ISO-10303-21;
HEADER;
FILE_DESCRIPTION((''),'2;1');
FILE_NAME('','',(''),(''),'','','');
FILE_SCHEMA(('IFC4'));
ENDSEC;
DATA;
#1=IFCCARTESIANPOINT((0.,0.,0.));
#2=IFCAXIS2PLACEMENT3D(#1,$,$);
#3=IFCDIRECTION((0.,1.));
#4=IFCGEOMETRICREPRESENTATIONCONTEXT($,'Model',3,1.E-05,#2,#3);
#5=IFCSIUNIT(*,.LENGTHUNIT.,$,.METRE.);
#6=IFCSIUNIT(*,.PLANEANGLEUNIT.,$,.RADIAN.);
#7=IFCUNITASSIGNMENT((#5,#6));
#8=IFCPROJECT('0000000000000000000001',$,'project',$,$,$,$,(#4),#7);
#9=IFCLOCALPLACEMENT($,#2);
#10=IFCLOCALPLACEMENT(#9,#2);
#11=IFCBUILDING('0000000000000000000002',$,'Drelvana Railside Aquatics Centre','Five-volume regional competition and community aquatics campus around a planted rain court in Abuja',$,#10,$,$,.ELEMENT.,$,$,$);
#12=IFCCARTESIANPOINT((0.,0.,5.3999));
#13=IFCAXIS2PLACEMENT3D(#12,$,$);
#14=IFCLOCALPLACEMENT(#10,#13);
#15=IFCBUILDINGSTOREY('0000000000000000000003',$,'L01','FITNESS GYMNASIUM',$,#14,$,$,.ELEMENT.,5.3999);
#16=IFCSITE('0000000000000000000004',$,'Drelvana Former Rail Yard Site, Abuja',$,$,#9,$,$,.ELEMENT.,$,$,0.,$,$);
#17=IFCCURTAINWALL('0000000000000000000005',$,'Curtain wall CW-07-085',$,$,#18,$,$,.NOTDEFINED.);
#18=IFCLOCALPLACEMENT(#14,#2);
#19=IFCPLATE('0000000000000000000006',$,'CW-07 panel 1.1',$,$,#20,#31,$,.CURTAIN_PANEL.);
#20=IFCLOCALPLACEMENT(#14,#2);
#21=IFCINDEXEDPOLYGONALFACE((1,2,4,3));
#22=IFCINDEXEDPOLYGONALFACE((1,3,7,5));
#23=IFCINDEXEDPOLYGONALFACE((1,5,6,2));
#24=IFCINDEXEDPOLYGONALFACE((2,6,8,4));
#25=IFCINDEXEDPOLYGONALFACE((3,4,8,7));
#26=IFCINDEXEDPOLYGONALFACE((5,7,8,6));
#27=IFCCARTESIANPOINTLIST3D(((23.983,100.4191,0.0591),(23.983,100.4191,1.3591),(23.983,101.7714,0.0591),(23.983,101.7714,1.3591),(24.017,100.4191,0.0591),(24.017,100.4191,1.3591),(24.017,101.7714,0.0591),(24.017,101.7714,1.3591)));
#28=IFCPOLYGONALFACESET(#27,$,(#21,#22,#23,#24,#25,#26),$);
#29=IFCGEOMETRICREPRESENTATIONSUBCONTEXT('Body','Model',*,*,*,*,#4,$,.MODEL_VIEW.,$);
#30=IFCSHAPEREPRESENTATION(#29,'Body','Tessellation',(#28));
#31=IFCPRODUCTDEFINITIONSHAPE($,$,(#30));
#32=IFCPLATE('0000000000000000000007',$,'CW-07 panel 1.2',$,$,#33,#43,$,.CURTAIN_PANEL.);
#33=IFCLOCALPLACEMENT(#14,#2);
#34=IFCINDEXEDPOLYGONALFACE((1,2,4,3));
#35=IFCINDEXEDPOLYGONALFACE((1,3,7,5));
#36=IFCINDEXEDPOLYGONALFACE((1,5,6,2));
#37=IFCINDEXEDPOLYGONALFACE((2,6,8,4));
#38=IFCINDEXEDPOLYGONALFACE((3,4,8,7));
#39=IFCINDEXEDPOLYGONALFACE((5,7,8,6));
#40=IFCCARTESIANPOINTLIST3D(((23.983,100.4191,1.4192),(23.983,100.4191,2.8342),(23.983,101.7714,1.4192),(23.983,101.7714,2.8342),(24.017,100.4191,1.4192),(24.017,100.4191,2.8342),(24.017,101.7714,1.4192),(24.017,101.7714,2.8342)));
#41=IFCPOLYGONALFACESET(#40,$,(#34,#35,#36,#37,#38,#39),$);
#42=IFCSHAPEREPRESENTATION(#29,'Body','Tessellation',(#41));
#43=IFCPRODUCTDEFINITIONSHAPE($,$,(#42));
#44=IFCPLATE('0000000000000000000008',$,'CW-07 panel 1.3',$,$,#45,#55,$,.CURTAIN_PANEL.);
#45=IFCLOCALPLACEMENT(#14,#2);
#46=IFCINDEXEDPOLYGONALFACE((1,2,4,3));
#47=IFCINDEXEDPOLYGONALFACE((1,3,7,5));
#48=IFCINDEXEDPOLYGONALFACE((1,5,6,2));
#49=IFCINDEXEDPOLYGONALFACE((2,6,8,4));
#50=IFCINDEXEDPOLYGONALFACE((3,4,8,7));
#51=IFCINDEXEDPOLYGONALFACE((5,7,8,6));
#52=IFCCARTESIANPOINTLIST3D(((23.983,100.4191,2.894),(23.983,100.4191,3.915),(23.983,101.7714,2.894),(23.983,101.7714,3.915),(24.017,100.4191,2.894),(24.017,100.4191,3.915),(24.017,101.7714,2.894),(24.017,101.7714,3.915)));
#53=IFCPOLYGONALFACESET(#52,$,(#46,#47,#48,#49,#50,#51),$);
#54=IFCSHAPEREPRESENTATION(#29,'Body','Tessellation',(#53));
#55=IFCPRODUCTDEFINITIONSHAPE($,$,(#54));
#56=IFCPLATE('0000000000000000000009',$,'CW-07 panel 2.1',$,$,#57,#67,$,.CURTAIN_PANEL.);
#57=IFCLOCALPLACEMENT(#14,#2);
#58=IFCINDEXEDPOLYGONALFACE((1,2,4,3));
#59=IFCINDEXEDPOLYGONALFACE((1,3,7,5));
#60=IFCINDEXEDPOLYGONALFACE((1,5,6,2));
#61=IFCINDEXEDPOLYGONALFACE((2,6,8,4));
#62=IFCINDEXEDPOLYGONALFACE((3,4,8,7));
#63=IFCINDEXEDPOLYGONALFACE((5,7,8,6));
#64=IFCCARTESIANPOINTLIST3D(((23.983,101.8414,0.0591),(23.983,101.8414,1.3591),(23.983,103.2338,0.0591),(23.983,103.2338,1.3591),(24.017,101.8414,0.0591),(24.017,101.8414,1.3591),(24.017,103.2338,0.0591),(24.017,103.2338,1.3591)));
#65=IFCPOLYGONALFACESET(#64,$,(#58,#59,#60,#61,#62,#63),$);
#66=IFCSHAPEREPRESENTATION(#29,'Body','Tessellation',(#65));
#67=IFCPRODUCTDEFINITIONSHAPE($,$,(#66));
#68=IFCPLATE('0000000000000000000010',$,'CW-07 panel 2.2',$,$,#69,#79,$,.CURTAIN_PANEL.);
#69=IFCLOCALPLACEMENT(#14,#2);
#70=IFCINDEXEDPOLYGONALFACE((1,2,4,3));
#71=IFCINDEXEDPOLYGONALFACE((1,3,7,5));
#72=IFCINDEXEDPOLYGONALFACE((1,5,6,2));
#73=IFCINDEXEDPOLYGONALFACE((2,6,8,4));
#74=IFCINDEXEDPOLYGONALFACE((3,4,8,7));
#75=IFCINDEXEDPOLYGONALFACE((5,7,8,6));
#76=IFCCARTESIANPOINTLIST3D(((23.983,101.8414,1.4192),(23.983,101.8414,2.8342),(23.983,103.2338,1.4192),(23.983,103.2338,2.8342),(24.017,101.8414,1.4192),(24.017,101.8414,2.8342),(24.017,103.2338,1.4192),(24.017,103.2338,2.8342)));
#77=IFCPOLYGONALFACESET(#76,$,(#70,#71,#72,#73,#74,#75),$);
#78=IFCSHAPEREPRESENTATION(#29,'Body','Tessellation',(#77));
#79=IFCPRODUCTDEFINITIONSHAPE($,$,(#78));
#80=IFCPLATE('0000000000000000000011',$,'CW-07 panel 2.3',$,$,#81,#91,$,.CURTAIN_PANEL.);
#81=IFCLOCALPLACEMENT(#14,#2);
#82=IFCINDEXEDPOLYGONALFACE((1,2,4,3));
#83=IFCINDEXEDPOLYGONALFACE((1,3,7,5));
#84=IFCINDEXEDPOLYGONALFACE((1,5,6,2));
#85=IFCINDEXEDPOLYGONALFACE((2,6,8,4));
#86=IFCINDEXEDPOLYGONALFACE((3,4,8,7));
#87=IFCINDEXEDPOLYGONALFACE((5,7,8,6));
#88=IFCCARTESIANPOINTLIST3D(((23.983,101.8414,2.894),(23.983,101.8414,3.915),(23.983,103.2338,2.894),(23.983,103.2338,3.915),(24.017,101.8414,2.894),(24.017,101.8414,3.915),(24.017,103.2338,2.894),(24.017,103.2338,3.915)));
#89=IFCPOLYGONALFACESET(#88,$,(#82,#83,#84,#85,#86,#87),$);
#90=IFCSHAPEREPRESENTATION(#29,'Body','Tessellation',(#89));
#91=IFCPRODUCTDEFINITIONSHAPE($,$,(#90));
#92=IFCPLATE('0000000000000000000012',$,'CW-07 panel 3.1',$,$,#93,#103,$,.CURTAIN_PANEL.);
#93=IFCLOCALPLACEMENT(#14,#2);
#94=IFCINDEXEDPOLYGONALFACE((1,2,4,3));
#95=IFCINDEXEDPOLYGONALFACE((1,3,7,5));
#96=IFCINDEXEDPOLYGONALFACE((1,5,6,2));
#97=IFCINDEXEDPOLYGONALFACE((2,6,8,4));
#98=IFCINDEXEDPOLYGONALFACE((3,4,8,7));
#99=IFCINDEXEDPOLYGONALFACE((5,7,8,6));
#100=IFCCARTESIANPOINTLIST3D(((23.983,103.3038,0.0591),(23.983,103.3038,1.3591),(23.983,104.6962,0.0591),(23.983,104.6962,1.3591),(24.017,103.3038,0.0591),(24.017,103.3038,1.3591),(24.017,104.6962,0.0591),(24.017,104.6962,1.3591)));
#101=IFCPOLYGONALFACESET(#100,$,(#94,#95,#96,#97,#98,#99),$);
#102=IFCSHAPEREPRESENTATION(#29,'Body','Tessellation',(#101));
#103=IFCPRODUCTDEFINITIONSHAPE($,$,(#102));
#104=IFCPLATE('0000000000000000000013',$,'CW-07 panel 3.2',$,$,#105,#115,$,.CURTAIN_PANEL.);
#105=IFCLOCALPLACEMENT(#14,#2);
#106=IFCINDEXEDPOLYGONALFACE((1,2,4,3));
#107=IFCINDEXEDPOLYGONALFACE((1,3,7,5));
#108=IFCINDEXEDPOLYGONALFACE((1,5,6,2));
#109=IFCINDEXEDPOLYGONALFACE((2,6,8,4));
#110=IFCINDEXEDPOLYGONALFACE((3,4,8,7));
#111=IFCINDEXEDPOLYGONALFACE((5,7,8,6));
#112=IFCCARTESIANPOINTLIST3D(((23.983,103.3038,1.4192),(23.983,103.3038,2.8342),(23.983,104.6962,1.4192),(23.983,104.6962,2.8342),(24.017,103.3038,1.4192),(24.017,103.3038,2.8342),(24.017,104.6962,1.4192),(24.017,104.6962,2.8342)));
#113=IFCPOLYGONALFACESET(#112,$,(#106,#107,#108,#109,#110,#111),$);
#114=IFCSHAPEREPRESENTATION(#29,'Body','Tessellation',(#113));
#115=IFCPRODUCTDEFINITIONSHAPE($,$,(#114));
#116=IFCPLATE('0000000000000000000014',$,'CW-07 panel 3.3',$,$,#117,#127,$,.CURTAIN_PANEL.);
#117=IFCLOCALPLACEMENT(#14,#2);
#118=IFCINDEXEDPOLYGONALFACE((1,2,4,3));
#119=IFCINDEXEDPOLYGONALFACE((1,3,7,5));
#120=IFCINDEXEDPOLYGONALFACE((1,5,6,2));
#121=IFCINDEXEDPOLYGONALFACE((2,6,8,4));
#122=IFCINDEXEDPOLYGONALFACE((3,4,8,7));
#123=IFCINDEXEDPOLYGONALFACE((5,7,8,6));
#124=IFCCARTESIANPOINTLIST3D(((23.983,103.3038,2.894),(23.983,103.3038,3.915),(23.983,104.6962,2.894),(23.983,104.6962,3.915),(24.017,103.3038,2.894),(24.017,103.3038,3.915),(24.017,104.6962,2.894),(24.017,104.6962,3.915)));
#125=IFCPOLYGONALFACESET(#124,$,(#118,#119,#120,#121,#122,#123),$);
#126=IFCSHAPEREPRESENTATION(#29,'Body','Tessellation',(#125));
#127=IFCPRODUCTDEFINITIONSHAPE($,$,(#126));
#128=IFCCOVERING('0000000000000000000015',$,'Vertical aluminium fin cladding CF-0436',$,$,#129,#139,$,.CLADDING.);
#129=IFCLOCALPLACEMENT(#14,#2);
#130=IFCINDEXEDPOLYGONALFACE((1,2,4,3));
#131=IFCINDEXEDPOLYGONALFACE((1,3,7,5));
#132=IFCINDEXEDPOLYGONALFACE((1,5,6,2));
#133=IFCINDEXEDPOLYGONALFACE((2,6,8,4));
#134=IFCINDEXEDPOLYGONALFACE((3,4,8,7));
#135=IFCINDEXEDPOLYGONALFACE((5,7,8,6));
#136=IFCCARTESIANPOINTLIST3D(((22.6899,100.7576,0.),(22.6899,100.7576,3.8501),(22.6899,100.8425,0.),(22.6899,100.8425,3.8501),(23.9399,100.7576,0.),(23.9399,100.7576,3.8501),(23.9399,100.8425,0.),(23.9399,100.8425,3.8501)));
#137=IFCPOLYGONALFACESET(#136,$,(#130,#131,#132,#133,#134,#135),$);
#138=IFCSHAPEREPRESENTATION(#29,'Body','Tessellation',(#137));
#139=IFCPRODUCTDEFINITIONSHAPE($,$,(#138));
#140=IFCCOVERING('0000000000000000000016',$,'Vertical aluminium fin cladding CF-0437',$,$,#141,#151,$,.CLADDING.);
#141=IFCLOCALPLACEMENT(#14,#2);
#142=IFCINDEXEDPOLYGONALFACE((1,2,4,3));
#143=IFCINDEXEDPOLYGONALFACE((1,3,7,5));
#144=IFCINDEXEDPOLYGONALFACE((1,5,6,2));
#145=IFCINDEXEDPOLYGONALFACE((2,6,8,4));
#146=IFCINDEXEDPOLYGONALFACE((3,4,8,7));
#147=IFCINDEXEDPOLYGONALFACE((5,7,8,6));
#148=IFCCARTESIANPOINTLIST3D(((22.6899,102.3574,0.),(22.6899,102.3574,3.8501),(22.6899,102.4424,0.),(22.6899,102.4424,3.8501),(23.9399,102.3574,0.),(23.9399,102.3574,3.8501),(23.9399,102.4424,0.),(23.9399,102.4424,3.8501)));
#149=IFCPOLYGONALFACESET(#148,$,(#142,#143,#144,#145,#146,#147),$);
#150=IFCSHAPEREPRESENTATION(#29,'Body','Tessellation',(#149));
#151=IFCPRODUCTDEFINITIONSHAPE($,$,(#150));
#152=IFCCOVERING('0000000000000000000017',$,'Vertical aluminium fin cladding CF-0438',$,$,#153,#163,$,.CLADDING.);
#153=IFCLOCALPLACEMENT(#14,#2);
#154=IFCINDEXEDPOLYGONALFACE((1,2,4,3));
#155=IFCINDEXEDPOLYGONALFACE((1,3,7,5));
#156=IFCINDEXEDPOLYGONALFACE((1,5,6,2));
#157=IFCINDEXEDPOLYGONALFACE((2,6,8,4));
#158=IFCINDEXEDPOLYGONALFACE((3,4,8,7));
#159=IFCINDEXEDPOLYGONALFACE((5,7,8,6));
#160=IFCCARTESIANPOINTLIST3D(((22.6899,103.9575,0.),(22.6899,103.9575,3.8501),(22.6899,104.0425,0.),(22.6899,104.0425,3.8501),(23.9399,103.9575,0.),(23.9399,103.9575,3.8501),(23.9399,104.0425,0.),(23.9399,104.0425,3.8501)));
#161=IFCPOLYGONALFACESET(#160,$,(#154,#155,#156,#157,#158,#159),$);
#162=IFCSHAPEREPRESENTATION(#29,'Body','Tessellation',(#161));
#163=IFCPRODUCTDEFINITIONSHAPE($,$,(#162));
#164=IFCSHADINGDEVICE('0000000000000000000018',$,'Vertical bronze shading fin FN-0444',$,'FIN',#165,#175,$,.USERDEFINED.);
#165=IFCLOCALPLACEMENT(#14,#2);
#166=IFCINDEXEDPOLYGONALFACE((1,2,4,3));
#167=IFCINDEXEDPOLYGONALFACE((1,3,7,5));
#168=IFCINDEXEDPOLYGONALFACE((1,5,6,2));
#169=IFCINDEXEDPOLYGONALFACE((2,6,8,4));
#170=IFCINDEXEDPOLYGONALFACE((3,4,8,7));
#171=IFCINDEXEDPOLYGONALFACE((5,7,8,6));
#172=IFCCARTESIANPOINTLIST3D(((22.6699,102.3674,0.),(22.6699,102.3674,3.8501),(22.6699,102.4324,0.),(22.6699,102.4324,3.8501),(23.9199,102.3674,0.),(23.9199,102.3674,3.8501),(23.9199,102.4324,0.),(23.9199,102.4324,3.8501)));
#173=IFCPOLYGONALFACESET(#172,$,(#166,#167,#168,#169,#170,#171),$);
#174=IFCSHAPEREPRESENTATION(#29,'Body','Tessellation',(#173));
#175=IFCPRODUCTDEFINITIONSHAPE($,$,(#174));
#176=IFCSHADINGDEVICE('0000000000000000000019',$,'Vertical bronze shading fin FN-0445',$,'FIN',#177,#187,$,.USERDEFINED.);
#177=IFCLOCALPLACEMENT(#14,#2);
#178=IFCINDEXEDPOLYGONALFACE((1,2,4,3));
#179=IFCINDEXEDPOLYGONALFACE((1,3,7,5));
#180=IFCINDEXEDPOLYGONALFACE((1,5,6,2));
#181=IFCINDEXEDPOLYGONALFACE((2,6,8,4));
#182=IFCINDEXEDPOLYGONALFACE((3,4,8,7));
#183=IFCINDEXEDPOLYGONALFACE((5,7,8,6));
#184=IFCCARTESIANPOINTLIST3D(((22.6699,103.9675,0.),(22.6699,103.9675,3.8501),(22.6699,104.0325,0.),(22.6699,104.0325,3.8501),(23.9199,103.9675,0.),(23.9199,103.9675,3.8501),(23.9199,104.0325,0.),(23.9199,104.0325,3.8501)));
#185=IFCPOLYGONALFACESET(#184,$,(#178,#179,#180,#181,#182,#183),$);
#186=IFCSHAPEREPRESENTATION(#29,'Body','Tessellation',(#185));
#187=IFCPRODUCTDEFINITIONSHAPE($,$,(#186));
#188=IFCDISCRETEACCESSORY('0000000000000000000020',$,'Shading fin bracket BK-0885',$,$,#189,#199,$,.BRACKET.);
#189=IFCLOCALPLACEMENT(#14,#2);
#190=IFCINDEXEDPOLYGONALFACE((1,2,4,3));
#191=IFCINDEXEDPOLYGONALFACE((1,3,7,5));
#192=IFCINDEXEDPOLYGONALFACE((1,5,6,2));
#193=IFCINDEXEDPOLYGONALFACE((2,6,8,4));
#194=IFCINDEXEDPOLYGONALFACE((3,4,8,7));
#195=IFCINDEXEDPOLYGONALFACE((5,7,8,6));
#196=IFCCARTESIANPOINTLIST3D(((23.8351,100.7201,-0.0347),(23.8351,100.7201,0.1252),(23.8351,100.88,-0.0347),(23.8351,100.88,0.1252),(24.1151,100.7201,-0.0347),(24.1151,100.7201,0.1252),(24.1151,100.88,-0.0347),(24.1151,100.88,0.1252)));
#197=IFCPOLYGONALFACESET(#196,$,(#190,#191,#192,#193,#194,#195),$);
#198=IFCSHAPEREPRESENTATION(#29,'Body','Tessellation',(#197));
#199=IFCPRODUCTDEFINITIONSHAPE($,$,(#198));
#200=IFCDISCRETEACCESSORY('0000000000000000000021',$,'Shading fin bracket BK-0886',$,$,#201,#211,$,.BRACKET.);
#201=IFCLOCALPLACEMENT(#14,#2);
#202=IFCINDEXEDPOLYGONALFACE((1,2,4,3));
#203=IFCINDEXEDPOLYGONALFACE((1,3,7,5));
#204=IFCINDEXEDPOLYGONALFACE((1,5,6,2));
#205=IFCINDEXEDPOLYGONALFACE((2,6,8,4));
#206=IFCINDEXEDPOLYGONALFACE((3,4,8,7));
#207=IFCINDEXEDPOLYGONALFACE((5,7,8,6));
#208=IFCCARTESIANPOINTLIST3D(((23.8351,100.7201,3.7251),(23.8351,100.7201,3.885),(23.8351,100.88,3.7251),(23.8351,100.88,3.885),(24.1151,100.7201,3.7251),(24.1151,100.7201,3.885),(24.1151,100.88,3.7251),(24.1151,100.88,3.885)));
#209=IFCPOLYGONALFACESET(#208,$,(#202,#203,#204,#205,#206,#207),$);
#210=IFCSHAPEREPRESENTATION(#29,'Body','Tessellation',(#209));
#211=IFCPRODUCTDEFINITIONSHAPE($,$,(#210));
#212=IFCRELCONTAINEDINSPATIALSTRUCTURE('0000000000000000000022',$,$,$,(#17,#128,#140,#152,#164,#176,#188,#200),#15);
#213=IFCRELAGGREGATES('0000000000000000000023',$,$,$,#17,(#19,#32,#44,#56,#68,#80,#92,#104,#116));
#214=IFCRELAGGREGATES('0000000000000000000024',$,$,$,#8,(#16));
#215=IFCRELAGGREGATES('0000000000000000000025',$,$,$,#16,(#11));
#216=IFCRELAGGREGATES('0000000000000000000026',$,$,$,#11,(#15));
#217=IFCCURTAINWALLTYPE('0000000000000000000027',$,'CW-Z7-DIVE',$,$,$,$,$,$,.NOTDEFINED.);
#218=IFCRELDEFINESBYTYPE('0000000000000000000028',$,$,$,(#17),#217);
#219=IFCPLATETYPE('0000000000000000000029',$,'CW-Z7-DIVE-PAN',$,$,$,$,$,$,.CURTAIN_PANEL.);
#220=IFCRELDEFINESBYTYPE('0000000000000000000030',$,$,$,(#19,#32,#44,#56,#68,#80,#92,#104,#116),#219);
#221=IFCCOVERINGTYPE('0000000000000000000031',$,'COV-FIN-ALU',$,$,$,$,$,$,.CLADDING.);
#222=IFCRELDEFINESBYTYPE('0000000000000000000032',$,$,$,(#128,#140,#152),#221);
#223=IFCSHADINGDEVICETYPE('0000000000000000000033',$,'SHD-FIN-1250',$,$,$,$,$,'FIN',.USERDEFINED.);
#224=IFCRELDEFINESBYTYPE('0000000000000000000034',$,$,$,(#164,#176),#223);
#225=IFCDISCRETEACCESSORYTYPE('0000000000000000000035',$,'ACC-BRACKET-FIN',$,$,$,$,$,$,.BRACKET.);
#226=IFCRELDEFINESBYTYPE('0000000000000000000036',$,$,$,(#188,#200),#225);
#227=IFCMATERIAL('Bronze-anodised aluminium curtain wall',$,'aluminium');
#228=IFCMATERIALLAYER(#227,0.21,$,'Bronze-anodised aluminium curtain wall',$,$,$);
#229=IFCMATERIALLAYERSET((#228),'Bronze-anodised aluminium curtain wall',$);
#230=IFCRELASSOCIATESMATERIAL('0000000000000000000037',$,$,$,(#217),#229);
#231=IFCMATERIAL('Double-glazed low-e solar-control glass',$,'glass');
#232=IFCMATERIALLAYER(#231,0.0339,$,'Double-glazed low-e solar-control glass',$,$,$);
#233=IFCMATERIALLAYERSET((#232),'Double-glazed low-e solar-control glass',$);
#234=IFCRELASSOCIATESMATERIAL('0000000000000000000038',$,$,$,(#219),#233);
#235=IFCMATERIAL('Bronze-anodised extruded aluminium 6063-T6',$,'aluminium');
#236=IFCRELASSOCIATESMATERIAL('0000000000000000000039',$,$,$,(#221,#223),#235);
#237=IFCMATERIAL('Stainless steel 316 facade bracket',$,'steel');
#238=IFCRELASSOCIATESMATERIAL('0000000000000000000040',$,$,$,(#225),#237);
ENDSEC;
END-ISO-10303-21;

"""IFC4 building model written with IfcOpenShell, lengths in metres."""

from ifc_helpers import new_model, si_unit, direction, frame, origin, origin_2d, place, context, subcontext, project, spatial, rectangle, extrude, material, layer, layer_set, type_object, element, aggregate, save


model = new_model("IFC4")

# Units and contexts
model_context = context("Model", 3, precision=1e-05, world=origin(), true_north=direction((0.0, 1.0)))
body_context = subcontext(model_context, "Body", "Model", "MODEL_VIEW")
ifc_project = project(units=[si_unit("LENGTHUNIT", "METRE"), si_unit("PLANEANGLEUNIT", "RADIAN")], contexts=[model_context])

# Site, building, storey
site_placement = place(None, origin())
site = spatial("IfcSite", under=ifc_project, at=site_placement, Name="Drelvana Former Rail Yard Site, Abuja", CompositionType="ELEMENT", RefElevation=0.0)
building_placement = place(site_placement, origin())
building = spatial("IfcBuilding", under=site, at=building_placement, Name="Drelvana Railside Aquatics Centre", Description="Five-volume regional competition and community aquatics campus around a planted rain court in Abuja", CompositionType="ELEMENT")
storey_placement = place(building_placement, frame((0.0, 0.0, 5.3999)))
storey = spatial("IfcBuildingStorey", under=building, at=storey_placement, Name="L01", Description="FITNESS GYMNASIUM", CompositionType="ELEMENT", Elevation=5.3999)

# Curtain wall, plates
ifc_material_1 = material(Name="Bronze-anodised aluminium curtain wall", Category="aluminium")
ifc_layer_1 = layer(ifc_material_1, 0.21, Name="Bronze-anodised aluminium curtain wall")
ifc_layer_set_1 = layer_set([ifc_layer_1], Name="Bronze-anodised aluminium curtain wall")
curtain_wall_type = type_object("IfcCurtainWallType", Name="CW-Z7-DIVE", PredefinedType="NOTDEFINED", material=ifc_layer_set_1)
curtain_wall_placement = place(storey_placement, origin())
curtain_wall = element("IfcCurtainWall", 1, at=curtain_wall_placement, inside=storey, type_object=curtain_wall_type, Name="Curtain wall CW-07-085", PredefinedType="NOTDEFINED")
ifc_material_2 = material(Name="Double-glazed low-e solar-control glass", Category="glass")
ifc_layer_2 = layer(ifc_material_2, 0.0339, Name="Double-glazed low-e solar-control glass")
ifc_layer_set_2 = layer_set([ifc_layer_2], Name="Double-glazed low-e solar-control glass")
plate_type = type_object("IfcPlateType", Name="CW-Z7-DIVE-PAN", PredefinedType="CURTAIN_PANEL", material=ifc_layer_set_2)
plate_1_placement = place(storey_placement, frame((24.0, 101.0952, 0.0591), z_axis=(0.0, 0.0, 1.0), x_axis=(0.0, 1.0, 0.0)))
plate_1 = element("IfcPlate", 2, at=plate_1_placement, type_object=plate_type, Name="CW-07 panel 1.1", PredefinedType="CURTAIN_PANEL", context=body_context, shape_type="SweptSolid", body=[
    extrude(rectangle(XDim=1.3523, YDim=0.0339, at=origin_2d()), origin(), (0.0, 0.0, 1.0), 1.3),
])
plate_2_placement = place(storey_placement, frame((24.0, 101.0952, 1.4192), z_axis=(0.0, 0.0, 1.0), x_axis=(0.0, 1.0, 0.0)))
plate_2 = element("IfcPlate", 3, at=plate_2_placement, type_object=plate_type, Name="CW-07 panel 1.2", PredefinedType="CURTAIN_PANEL", context=body_context, shape_type="SweptSolid", body=[
    extrude(rectangle(XDim=1.3523, YDim=0.0339, at=origin_2d()), origin(), (0.0, 0.0, 1.0), 1.415),
])
plate_3_placement = place(storey_placement, frame((24.0, 101.0952, 2.894), z_axis=(0.0, 0.0, 1.0), x_axis=(0.0, 1.0, 0.0)))
plate_3 = element("IfcPlate", 4, at=plate_3_placement, type_object=plate_type, Name="CW-07 panel 1.3", PredefinedType="CURTAIN_PANEL", context=body_context, shape_type="SweptSolid", body=[
    extrude(rectangle(XDim=1.3523, YDim=0.0339, at=origin_2d()), origin(), (0.0, 0.0, 1.0), 1.021),
])
plate_4_placement = place(storey_placement, frame((24.0, 102.5376, 0.0591), z_axis=(0.0, 0.0, 1.0), x_axis=(0.0, 1.0, 0.0)))
plate_4 = element("IfcPlate", 5, at=plate_4_placement, type_object=plate_type, Name="CW-07 panel 2.1", PredefinedType="CURTAIN_PANEL", context=body_context, shape_type="SweptSolid", body=[
    extrude(rectangle(XDim=1.3923, YDim=0.0339, at=origin_2d()), origin(), (0.0, 0.0, 1.0), 1.3),
])
plate_5_placement = place(storey_placement, frame((24.0, 102.5376, 1.4192), z_axis=(0.0, 0.0, 1.0), x_axis=(0.0, 1.0, 0.0)))
plate_5 = element("IfcPlate", 6, at=plate_5_placement, type_object=plate_type, Name="CW-07 panel 2.2", PredefinedType="CURTAIN_PANEL", context=body_context, shape_type="SweptSolid", body=[
    extrude(rectangle(XDim=1.3923, YDim=0.0339, at=origin_2d()), origin(), (0.0, 0.0, 1.0), 1.415),
])
plate_6_placement = place(storey_placement, frame((24.0, 102.5376, 2.894), z_axis=(0.0, 0.0, 1.0), x_axis=(0.0, 1.0, 0.0)))
plate_6 = element("IfcPlate", 7, at=plate_6_placement, type_object=plate_type, Name="CW-07 panel 2.3", PredefinedType="CURTAIN_PANEL", context=body_context, shape_type="SweptSolid", body=[
    extrude(rectangle(XDim=1.3923, YDim=0.0339, at=origin_2d()), origin(), (0.0, 0.0, 1.0), 1.021),
])
plate_7_placement = place(storey_placement, frame((24.0, 104.0, 0.0591), z_axis=(0.0, 0.0, 1.0), x_axis=(0.0, 1.0, 0.0)))
plate_7 = element("IfcPlate", 8, at=plate_7_placement, type_object=plate_type, Name="CW-07 panel 3.1", PredefinedType="CURTAIN_PANEL", context=body_context, shape_type="SweptSolid", body=[
    extrude(rectangle(XDim=1.3923, YDim=0.0339, at=origin_2d()), origin(), (0.0, 0.0, 1.0), 1.3),
])
plate_8_placement = place(storey_placement, frame((24.0, 104.0, 1.4192), z_axis=(0.0, 0.0, 1.0), x_axis=(0.0, 1.0, 0.0)))
plate_8 = element("IfcPlate", 9, at=plate_8_placement, type_object=plate_type, Name="CW-07 panel 3.2", PredefinedType="CURTAIN_PANEL", context=body_context, shape_type="SweptSolid", body=[
    extrude(rectangle(XDim=1.3923, YDim=0.0339, at=origin_2d()), origin(), (0.0, 0.0, 1.0), 1.415),
])
plate_9_placement = place(storey_placement, frame((24.0, 104.0, 2.894), z_axis=(0.0, 0.0, 1.0), x_axis=(0.0, 1.0, 0.0)))
plate_9 = element("IfcPlate", 10, at=plate_9_placement, type_object=plate_type, Name="CW-07 panel 3.3", PredefinedType="CURTAIN_PANEL", context=body_context, shape_type="SweptSolid", body=[
    extrude(rectangle(XDim=1.3923, YDim=0.0339, at=origin_2d()), origin(), (0.0, 0.0, 1.0), 1.021),
])
aggregate(curtain_wall, [plate_1, plate_2, plate_3, plate_4, plate_5, plate_6, plate_7, plate_8, plate_9])

# Coverings
ifc_material_3 = material(Name="Bronze-anodised extruded aluminium 6063-T6", Category="aluminium")
covering_type = type_object("IfcCoveringType", Name="COV-FIN-ALU", PredefinedType="CLADDING", material=ifc_material_3)
for number, where, z_axis, x_axis, name in (
    (11, (23.3149, 100.8, 0.0), (0.0, 0.0, 1.0), (0.0, 1.0, 0.0), "Vertical aluminium fin cladding CF-0436"),
    (12, (23.3149, 102.3999, 0.0), (0.0, 0.0, 1.0), (0.0, 1.0, 0.0), "Vertical aluminium fin cladding CF-0437"),
    (13, (23.3149, 104.0, 0.0), (0.0, 0.0, 1.0), (0.0, 1.0, 0.0), "Vertical aluminium fin cladding CF-0438"),
):
    element("IfcCovering", number, at=place(storey_placement, frame(where, z_axis=z_axis, x_axis=x_axis)), inside=storey, type_object=covering_type, Name=name, PredefinedType="CLADDING", context=body_context, shape_type="SweptSolid", body=[
        extrude(rectangle(XDim=0.085, YDim=1.25, at=origin_2d()), origin(), (0.0, 0.0, 1.0), 3.8501),
    ])

# Shading devices
shading_device_type = type_object("IfcShadingDeviceType", Name="SHD-FIN-1250", ElementType="FIN", PredefinedType="USERDEFINED", material=ifc_material_3)
for number, where, z_axis, x_axis, name in (
    (14, (23.2949, 102.3999, 0.0), (0.0, 0.0, 1.0), (-1.0, 0.0, 0.0), "Vertical bronze shading fin FN-0444"),
    (15, (23.2949, 104.0, 0.0), (0.0, 0.0, 1.0), (-1.0, 0.0, 0.0), "Vertical bronze shading fin FN-0445"),
):
    element("IfcShadingDevice", number, at=place(storey_placement, frame(where, z_axis=z_axis, x_axis=x_axis)), inside=storey, type_object=shading_device_type, Name=name, ObjectType="FIN", PredefinedType="USERDEFINED", context=body_context, shape_type="SweptSolid", body=[
        extrude(rectangle(XDim=1.25, YDim=0.0649, at=origin_2d()), origin(), (0.0, 0.0, 1.0), 3.8501),
    ])

# Discrete accessories
ifc_material_4 = material(Name="Stainless steel 316 facade bracket", Category="steel")
discrete_accessory_type = type_object("IfcDiscreteAccessoryType", Name="ACC-BRACKET-FIN", PredefinedType="BRACKET", material=ifc_material_4)
for number, where, z_axis, x_axis, name in (
    (16, (23.9751, 100.8, -0.0347), (0.0, 0.0, 1.0), (-1.0, 0.0, 0.0), "Shading fin bracket BK-0885"),
    (17, (23.9751, 100.8, 3.7251), (0.0, 0.0, 1.0), (-1.0, 0.0, 0.0), "Shading fin bracket BK-0886"),
):
    element("IfcDiscreteAccessory", number, at=place(storey_placement, frame(where, z_axis=z_axis, x_axis=x_axis)), inside=storey, type_object=discrete_accessory_type, Name=name, PredefinedType="BRACKET", context=body_context, shape_type="SweptSolid", body=[
        extrude(rectangle(XDim=0.28, YDim=0.1599, at=origin_2d()), origin(), (0.0, 0.0, 1.0), 0.1599),
    ])

save(model, "model.ifc")
